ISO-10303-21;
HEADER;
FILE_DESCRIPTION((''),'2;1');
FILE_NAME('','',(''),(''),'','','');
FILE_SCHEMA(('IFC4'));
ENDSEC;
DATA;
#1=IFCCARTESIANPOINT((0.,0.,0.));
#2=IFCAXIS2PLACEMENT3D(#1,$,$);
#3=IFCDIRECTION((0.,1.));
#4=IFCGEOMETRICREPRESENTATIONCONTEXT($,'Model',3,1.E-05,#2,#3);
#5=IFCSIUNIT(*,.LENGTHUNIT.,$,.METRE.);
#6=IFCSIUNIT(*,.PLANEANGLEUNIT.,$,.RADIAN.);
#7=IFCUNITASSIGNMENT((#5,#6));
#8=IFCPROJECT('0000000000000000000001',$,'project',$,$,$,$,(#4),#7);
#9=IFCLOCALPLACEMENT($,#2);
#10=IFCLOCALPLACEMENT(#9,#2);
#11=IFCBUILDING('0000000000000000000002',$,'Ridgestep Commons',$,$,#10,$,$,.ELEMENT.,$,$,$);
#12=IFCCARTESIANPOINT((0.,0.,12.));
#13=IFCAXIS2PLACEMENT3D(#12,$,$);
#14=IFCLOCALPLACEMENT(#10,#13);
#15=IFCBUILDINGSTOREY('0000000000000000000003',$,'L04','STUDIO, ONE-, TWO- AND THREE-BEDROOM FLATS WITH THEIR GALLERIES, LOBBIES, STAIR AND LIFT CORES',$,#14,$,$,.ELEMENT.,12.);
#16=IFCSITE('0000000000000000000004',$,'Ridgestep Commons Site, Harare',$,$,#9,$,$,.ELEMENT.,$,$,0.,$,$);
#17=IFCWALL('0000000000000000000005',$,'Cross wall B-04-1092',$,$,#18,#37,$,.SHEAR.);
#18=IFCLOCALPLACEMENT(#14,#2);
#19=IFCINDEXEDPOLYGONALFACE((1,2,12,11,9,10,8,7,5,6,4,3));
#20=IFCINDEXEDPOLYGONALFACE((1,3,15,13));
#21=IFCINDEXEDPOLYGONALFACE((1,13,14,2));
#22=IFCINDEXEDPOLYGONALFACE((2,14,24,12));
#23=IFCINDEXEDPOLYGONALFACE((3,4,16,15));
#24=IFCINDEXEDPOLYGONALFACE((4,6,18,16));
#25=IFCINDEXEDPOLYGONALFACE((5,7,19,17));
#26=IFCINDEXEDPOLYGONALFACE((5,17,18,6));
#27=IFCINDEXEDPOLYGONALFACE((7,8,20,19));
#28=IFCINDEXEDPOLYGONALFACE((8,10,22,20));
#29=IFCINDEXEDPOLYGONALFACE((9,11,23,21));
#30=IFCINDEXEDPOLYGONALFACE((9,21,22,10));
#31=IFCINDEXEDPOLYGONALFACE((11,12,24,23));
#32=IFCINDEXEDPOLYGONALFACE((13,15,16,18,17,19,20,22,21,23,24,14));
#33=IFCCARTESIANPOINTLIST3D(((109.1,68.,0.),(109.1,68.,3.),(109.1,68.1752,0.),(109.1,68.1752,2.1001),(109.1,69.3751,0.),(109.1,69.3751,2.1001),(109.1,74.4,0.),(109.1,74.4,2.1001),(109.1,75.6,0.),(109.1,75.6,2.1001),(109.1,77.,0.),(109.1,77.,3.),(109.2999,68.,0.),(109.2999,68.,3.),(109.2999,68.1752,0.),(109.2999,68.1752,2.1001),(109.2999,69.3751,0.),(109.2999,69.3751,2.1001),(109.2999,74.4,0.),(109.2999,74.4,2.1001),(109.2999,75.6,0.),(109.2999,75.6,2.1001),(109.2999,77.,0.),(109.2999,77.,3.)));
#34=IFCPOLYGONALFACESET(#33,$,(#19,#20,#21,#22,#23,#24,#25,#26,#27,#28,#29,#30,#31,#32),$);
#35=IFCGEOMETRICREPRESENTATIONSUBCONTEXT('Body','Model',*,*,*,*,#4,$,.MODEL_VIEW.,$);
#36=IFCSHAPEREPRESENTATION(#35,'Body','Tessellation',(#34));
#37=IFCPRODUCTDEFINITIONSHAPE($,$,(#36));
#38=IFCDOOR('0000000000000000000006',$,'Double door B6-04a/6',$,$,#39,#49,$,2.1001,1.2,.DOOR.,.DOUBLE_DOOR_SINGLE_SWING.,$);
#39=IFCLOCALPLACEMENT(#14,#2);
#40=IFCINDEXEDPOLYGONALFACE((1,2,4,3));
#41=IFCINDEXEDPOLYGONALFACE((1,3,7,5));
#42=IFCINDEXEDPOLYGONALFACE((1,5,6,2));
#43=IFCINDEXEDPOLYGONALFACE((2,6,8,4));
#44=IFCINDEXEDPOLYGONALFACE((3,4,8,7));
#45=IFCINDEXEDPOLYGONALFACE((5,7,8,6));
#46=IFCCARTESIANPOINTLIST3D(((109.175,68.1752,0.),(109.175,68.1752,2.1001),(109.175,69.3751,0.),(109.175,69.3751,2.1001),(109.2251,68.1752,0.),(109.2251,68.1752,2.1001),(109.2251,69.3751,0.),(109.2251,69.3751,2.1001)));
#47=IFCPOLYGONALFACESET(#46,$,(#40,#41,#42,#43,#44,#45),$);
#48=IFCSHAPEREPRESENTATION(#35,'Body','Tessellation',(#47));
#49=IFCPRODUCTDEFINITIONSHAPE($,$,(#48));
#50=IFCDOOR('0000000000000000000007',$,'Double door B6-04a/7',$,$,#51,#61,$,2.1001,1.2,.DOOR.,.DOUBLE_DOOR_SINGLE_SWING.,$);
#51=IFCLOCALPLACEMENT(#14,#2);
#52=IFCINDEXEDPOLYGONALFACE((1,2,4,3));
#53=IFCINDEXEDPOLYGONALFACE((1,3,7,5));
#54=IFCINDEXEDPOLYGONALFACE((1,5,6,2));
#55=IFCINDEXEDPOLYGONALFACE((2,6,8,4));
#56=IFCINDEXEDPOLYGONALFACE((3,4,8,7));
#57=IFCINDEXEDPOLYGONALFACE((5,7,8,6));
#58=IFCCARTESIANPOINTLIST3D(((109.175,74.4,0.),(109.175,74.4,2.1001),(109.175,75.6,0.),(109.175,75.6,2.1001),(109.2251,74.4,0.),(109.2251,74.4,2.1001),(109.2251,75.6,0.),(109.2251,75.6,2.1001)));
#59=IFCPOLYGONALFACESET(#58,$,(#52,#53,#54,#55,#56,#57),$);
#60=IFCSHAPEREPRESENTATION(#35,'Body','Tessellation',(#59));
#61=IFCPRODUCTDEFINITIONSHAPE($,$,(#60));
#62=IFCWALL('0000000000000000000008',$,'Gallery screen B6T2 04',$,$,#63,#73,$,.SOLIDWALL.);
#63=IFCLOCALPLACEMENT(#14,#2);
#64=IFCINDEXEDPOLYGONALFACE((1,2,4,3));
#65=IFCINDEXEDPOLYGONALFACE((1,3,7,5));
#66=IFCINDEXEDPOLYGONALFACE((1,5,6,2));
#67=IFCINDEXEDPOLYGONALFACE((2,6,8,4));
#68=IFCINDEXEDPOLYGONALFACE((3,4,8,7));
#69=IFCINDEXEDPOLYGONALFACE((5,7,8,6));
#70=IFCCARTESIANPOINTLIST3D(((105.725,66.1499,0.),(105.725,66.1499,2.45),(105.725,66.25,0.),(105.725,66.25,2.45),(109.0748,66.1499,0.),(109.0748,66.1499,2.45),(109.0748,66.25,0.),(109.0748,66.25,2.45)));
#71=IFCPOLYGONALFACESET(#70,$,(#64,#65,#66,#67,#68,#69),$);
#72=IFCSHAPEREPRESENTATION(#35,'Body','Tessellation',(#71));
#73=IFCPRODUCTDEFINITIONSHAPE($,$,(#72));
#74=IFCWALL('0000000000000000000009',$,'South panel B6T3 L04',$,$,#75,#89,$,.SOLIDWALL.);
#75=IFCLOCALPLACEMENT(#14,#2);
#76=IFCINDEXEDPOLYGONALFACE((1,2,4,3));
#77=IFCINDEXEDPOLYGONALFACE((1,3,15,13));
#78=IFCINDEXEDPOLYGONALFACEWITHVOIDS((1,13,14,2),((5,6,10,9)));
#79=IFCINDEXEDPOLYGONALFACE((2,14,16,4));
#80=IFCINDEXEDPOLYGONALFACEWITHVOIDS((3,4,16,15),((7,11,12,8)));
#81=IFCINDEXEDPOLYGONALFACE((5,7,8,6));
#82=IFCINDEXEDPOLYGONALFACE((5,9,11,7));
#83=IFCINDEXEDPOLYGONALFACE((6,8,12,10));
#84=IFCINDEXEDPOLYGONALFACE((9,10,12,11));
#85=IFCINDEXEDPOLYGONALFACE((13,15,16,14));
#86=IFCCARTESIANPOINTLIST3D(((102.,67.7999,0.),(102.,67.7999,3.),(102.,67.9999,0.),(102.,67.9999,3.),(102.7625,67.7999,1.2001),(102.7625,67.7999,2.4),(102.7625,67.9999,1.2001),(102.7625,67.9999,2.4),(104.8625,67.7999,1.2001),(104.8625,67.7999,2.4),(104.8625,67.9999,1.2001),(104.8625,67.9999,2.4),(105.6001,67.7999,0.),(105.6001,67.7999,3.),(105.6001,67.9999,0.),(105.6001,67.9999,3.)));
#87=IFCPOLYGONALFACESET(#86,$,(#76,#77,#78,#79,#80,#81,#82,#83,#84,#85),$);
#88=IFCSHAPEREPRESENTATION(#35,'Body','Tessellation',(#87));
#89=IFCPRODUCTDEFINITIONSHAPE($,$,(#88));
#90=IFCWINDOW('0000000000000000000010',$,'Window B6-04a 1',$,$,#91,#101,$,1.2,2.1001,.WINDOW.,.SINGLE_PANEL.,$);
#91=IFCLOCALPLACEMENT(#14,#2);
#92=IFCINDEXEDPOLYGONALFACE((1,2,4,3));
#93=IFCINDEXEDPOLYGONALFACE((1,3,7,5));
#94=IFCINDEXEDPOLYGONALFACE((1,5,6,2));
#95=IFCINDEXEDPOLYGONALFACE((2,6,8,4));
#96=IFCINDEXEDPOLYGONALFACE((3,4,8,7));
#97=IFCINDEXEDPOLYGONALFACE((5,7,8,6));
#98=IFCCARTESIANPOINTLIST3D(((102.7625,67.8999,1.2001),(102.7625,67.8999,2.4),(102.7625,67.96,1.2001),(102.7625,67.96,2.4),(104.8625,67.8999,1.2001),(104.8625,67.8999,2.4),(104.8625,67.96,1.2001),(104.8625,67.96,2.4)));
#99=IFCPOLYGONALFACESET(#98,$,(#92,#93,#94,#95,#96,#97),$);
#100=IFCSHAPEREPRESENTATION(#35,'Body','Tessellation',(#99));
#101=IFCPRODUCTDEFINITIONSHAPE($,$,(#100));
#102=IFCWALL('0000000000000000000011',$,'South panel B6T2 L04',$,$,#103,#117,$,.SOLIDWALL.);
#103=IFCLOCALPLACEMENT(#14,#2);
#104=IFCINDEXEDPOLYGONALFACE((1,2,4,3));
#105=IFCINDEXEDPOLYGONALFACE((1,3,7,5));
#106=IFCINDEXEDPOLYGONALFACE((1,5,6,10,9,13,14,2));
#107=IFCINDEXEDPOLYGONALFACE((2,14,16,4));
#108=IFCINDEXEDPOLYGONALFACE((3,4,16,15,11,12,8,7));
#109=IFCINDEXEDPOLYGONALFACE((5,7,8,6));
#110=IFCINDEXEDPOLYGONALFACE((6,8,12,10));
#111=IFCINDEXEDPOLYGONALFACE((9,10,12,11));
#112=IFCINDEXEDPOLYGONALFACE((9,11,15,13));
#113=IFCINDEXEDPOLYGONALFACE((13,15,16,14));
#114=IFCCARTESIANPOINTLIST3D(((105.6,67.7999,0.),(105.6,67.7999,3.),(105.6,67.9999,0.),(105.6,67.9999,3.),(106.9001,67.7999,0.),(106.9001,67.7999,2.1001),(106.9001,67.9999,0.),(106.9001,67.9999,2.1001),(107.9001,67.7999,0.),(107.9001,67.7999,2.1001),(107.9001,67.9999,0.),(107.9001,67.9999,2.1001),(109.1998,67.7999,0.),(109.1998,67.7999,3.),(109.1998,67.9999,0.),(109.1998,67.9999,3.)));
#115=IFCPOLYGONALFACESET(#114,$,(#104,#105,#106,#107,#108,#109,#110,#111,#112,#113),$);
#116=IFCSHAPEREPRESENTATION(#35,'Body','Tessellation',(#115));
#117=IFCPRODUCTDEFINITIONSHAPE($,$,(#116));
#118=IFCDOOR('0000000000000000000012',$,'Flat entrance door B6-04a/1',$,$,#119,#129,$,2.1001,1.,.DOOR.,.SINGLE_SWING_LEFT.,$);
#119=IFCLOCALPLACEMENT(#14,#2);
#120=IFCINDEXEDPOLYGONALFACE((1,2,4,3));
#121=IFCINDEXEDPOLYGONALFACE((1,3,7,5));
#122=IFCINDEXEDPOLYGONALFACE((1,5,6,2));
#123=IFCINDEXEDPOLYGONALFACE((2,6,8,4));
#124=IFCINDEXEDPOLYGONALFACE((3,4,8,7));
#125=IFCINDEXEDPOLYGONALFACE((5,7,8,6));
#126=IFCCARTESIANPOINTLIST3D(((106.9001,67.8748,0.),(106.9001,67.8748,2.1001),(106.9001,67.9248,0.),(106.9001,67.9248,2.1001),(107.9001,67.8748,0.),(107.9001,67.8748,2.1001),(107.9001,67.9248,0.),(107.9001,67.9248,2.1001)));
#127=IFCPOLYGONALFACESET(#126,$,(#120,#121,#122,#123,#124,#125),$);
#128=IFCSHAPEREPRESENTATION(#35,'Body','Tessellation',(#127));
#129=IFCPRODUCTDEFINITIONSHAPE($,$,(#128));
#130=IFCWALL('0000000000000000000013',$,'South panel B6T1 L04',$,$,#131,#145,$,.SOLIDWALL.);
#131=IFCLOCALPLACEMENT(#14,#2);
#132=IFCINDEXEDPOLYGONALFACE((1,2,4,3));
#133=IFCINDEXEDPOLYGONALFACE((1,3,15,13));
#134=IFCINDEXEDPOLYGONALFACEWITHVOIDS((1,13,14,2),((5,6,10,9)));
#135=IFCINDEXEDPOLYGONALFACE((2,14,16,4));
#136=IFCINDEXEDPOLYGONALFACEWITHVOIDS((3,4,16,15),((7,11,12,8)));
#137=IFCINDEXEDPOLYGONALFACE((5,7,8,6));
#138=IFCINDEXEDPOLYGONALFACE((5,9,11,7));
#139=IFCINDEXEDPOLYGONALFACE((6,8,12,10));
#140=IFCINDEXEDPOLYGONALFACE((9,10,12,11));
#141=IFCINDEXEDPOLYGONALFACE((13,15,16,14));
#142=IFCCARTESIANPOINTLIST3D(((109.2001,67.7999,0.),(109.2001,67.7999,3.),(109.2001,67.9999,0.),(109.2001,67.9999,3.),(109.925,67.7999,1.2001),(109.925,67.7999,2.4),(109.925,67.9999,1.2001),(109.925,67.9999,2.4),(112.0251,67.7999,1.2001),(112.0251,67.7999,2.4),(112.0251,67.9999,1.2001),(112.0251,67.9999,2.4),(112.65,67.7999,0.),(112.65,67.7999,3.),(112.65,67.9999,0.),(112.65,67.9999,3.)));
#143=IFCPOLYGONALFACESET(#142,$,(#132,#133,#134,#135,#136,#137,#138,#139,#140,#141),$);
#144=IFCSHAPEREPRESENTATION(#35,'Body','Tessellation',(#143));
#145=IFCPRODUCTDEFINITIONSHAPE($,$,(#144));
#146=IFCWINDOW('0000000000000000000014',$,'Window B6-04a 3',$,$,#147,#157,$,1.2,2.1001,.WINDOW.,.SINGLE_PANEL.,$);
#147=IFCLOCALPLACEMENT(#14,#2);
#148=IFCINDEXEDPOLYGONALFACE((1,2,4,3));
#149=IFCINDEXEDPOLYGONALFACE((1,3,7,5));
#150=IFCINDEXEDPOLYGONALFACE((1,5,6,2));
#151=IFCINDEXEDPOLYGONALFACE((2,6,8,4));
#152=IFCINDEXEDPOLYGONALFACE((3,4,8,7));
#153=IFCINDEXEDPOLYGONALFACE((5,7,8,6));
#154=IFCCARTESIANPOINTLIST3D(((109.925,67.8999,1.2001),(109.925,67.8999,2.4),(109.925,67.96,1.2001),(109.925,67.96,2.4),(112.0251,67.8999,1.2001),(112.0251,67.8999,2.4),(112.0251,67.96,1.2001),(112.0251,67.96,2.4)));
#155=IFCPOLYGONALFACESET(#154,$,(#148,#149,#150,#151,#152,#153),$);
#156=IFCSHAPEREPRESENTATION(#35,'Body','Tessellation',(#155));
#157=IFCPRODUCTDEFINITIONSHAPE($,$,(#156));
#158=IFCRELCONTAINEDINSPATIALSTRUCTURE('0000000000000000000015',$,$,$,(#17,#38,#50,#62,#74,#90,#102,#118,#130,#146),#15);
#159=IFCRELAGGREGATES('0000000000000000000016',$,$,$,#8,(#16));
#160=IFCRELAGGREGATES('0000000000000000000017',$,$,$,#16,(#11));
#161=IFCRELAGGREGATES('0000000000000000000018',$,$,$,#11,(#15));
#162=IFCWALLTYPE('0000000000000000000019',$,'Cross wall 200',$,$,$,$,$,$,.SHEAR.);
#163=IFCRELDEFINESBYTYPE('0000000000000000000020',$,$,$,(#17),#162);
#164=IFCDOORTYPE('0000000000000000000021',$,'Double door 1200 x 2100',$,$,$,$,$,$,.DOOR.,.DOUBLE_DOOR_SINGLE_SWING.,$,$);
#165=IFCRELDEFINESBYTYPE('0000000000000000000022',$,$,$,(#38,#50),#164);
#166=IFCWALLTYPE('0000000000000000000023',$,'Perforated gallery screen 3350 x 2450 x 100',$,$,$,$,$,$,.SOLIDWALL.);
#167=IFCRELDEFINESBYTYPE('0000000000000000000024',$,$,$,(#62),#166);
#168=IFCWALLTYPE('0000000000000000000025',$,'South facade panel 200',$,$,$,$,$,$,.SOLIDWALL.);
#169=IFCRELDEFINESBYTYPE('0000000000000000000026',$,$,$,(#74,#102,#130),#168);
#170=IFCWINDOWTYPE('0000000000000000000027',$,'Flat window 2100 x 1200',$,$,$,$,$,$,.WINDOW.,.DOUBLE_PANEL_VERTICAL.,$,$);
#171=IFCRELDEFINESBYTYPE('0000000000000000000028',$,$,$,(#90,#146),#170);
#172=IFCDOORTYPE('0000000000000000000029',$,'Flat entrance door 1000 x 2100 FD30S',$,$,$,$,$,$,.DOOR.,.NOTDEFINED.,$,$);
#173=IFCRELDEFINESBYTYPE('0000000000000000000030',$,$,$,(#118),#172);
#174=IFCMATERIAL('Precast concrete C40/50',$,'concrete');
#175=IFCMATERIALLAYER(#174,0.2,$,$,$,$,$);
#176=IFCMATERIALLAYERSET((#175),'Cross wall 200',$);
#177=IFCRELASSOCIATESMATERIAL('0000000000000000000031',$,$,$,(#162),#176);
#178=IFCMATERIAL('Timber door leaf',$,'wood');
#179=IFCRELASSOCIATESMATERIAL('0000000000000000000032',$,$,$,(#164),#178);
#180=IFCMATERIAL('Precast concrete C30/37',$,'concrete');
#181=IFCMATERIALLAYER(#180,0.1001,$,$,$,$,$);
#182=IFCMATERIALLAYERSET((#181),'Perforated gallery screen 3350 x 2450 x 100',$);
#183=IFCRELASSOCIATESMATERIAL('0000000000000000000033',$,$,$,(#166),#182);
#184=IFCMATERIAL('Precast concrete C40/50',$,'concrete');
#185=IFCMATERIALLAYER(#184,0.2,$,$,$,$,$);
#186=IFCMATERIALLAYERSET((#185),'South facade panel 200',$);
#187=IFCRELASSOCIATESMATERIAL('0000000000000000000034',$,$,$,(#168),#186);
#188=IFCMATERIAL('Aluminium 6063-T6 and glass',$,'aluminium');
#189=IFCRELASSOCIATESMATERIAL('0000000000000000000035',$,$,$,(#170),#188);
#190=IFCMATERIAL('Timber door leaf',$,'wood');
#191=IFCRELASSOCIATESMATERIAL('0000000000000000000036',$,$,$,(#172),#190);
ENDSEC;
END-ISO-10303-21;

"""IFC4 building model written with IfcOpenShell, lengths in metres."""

from ifc_helpers import new_model, si_unit, direction, frame, frame_2d, origin, place, context, subcontext, project, spatial, rectangle, extrude, material, layer, layer_set, type_object, element, fill, save


model = new_model("IFC4")

# Units and contexts
model_context = context("Model", 3, precision=1e-05, world=origin(), true_north=direction((0.0, 1.0)))
body_context = subcontext(model_context, "Body", "Model", "MODEL_VIEW")
ifc_project = project(units=[si_unit("LENGTHUNIT", "METRE"), si_unit("PLANEANGLEUNIT", "RADIAN")], contexts=[model_context])

# Site, building, storey
site_placement = place(None, origin())
site = spatial("IfcSite", under=ifc_project, at=site_placement, Name="Ridgestep Commons Site, Harare", CompositionType="ELEMENT", RefElevation=0.0)
building_placement = place(site_placement, origin())
building = spatial("IfcBuilding", under=site, at=building_placement, Name="Ridgestep Commons", CompositionType="ELEMENT")
storey_placement = place(building_placement, frame((0.0, 0.0, 12.0)))
storey = spatial("IfcBuildingStorey", under=building, at=storey_placement, Name="L04", Description="STUDIO, ONE-, TWO- AND THREE-BEDROOM FLATS WITH THEIR GALLERIES, LOBBIES, STAIR AND LIFT CORES", CompositionType="ELEMENT", Elevation=12.0)

# Wall, openings, doors
ifc_material_1 = material(Name="Precast concrete C40/50", Category="concrete")
ifc_layer_1 = layer(ifc_material_1, 0.2)
ifc_layer_set_1 = layer_set([ifc_layer_1], Name="Cross wall 200")
wall_type_1 = type_object("IfcWallType", Name="Cross wall 200", PredefinedType="SHEAR", material=ifc_layer_set_1)
ifc_material_2 = material(Name="Timber door leaf", Category="wood")
door_type_1 = type_object("IfcDoorType", Name="Double door 1200 x 2100", OperationType="DOUBLE_DOOR_SINGLE_SWING", PredefinedType="DOOR", material=ifc_material_2)
wall_1_placement = place(storey_placement, frame((109.2, 68.0, 0.0), z_axis=(0.0, 0.0, 1.0), x_axis=(0.0, 1.0, 0.0)))
wall_1 = element("IfcWall", 1, at=wall_1_placement, inside=storey, type_object=wall_type_1, Name="Cross wall B-04-1092", PredefinedType="SHEAR", context=body_context, shape_type="SweptSolid", body=[
    extrude(rectangle(XDim=9.0, YDim=0.2, at=frame_2d((4.5, 0.0))), origin(), (0.0, 0.0, 1.0), 3.0),
])
opening_1_placement = place(wall_1_placement, frame((0.175, 0.0, 0.0)))
opening_1 = element("IfcOpeningElement", 2, at=opening_1_placement, cuts=wall_1, PredefinedType="OPENING", context=body_context, shape_type="SweptSolid", body=[
    extrude(rectangle(XDim=1.2, YDim=2.1001, at=frame_2d((0.6001, 1.05))), frame((0.0, 0.1099, 0.0), z_axis=(0.0, -1.0, 0.0), x_axis=(1.0, 0.0, 0.0)), (0.0, 0.0, 1.0), 0.22),
])
opening_2_placement = place(wall_1_placement, frame((6.3999, 0.0, 0.0)))
opening_2 = element("IfcOpeningElement", 3, at=opening_2_placement, cuts=wall_1, PredefinedType="OPENING", context=body_context, shape_type="SweptSolid", body=[
    extrude(rectangle(XDim=1.2, YDim=2.1001, at=frame_2d((0.6001, 1.05))), frame((0.0, 0.1099, 0.0), z_axis=(0.0, -1.0, 0.0), x_axis=(1.0, 0.0, 0.0)), (0.0, 0.0, 1.0), 0.22),
])
door_1_placement = place(opening_1_placement, origin())
door_1 = element("IfcDoor", 4, at=door_1_placement, inside=storey, type_object=door_type_1, Name="Double door B6-04a/6", OperationType="DOUBLE_DOOR_SINGLE_SWING", OverallHeight=2.1001, OverallWidth=1.2, PredefinedType="DOOR", context=body_context, shape_type="SweptSolid", body=[
    extrude(rectangle(XDim=1.2, YDim=2.1001, at=frame_2d((0.6001, 1.05))), frame((0.0, 0.0249, 0.0), z_axis=(0.0, -1.0, 0.0), x_axis=(1.0, 0.0, 0.0)), (0.0, 0.0, 1.0), 0.05),
])
fill(opening_1, door_1)
door_2_placement = place(opening_2_placement, origin())
door_2 = element("IfcDoor", 5, at=door_2_placement, inside=storey, type_object=door_type_1, Name="Double door B6-04a/7", OperationType="DOUBLE_DOOR_SINGLE_SWING", OverallHeight=2.1001, OverallWidth=1.2, PredefinedType="DOOR", context=body_context, shape_type="SweptSolid", body=[
    extrude(rectangle(XDim=1.2, YDim=2.1001, at=frame_2d((0.6001, 1.05))), frame((0.0, 0.0249, 0.0), z_axis=(0.0, -1.0, 0.0), x_axis=(1.0, 0.0, 0.0)), (0.0, 0.0, 1.0), 0.05),
])
fill(opening_2, door_2)

# Wall
ifc_material_3 = material(Name="Precast concrete C30/37", Category="concrete")
ifc_layer_2 = layer(ifc_material_3, 0.1001)
ifc_layer_set_2 = layer_set([ifc_layer_2], Name="Perforated gallery screen 3350 x 2450 x 100")
wall_type_2 = type_object("IfcWallType", Name="Perforated gallery screen 3350 x 2450 x 100", PredefinedType="SOLIDWALL", material=ifc_layer_set_2)
wall_2_placement = place(storey_placement, frame((105.7251, 66.2, 0.0), z_axis=(0.0, 0.0, 1.0), x_axis=(1.0, 0.0, 0.0)))
element("IfcWall", 6, at=wall_2_placement, inside=storey, type_object=wall_type_2, Name="Gallery screen B6T2 04", PredefinedType="SOLIDWALL", context=body_context, shape_type="SweptSolid", body=[
    extrude(rectangle(XDim=3.3499, YDim=0.1001, at=frame_2d((1.6748, 0.0))), origin(), (0.0, 0.0, 1.0), 2.45),
])

# Wall, opening, window
ifc_material_4 = material(Name="Precast concrete C40/50", Category="concrete")
ifc_layer_3 = layer(ifc_material_4, 0.2)
ifc_layer_set_3 = layer_set([ifc_layer_3], Name="South facade panel 200")
wall_type_3 = type_object("IfcWallType", Name="South facade panel 200", PredefinedType="SOLIDWALL", material=ifc_layer_set_3)
wall_3_placement = place(storey_placement, frame((102.0, 67.8999, 0.0), z_axis=(0.0, 0.0, 1.0), x_axis=(1.0, 0.0, 0.0)))
wall_3 = element("IfcWall", 7, at=wall_3_placement, inside=storey, type_object=wall_type_3, Name="South panel B6T3 L04", PredefinedType="SOLIDWALL", context=body_context, shape_type="SweptSolid", body=[
    extrude(rectangle(XDim=3.6001, YDim=0.2, at=frame_2d((1.8, 0.0))), origin(), (0.0, 0.0, 1.0), 3.0),
])
opening_3_placement = place(wall_3_placement, frame((0.7625, 0.0, 1.2)))
opening_3 = element("IfcOpeningElement", 8, at=opening_3_placement, cuts=wall_3, PredefinedType="OPENING", context=body_context, shape_type="SweptSolid", body=[
    extrude(rectangle(XDim=2.1001, YDim=1.2, at=frame_2d((1.05, 0.6001))), frame((0.0, 0.1099, 0.0), z_axis=(0.0, -1.0, 0.0), x_axis=(1.0, 0.0, 0.0)), (0.0, 0.0, 1.0), 0.22),
])
ifc_material_5 = material(Name="Aluminium 6063-T6 and glass", Category="aluminium")
window_type = type_object("IfcWindowType", Name="Flat window 2100 x 1200", PartitioningType="DOUBLE_PANEL_VERTICAL", PredefinedType="WINDOW", material=ifc_material_5)
window_1_placement = place(opening_3_placement, origin())
window_1 = element("IfcWindow", 9, at=window_1_placement, inside=storey, type_object=window_type, Name="Window B6-04a 1", OverallHeight=1.2, OverallWidth=2.1001, PartitioningType="SINGLE_PANEL", PredefinedType="WINDOW", context=body_context, shape_type="SweptSolid", body=[
    extrude(rectangle(XDim=2.1001, YDim=1.2, at=frame_2d((1.05, 0.6001))), frame((0.0, 0.0601, 0.0), z_axis=(0.0, -1.0, 0.0), x_axis=(1.0, 0.0, 0.0)), (0.0, 0.0, 1.0), 0.0601),
])
fill(opening_3, window_1)

# Wall, opening, door
wall_4_placement = place(storey_placement, frame((105.6001, 67.8999, 0.0), z_axis=(0.0, 0.0, 1.0), x_axis=(1.0, 0.0, 0.0)))
wall_4 = element("IfcWall", 10, at=wall_4_placement, inside=storey, type_object=wall_type_3, Name="South panel B6T2 L04", PredefinedType="SOLIDWALL", context=body_context, shape_type="SweptSolid", body=[
    extrude(rectangle(XDim=3.5999, YDim=0.2, at=frame_2d((1.7998, 0.0))), origin(), (0.0, 0.0, 1.0), 3.0),
])
opening_4_placement = place(wall_4_placement, frame((1.3, 0.0, 0.0)))
opening_4 = element("IfcOpeningElement", 11, at=opening_4_placement, cuts=wall_4, PredefinedType="OPENING", context=body_context, shape_type="SweptSolid", body=[
    extrude(rectangle(XDim=1.0, YDim=2.1001, at=frame_2d((0.5, 1.05))), frame((0.0, 0.1099, 0.0), z_axis=(0.0, -1.0, 0.0), x_axis=(1.0, 0.0, 0.0)), (0.0, 0.0, 1.0), 0.22),
])
ifc_material_6 = material(Name="Timber door leaf", Category="wood")
door_type_2 = type_object("IfcDoorType", Name="Flat entrance door 1000 x 2100 FD30S", OperationType="NOTDEFINED", PredefinedType="DOOR", material=ifc_material_6)
door_3_placement = place(opening_4_placement, origin())
door_3 = element("IfcDoor", 12, at=door_3_placement, inside=storey, type_object=door_type_2, Name="Flat entrance door B6-04a/1", OperationType="SINGLE_SWING_LEFT", OverallHeight=2.1001, OverallWidth=1.0, PredefinedType="DOOR", context=body_context, shape_type="SweptSolid", body=[
    extrude(rectangle(XDim=1.0, YDim=2.1001, at=frame_2d((0.5, 1.05))), frame((0.0, 0.0249, 0.0), z_axis=(0.0, -1.0, 0.0), x_axis=(1.0, 0.0, 0.0)), (0.0, 0.0, 1.0), 0.05),
])
fill(opening_4, door_3)

# Wall, opening, window
wall_5_placement = place(storey_placement, frame((109.2, 67.8999, 0.0), z_axis=(0.0, 0.0, 1.0), x_axis=(1.0, 0.0, 0.0)))
wall_5 = element("IfcWall", 13, at=wall_5_placement, inside=storey, type_object=wall_type_3, Name="South panel B6T1 L04", PredefinedType="SOLIDWALL", context=body_context, shape_type="SweptSolid", body=[
    extrude(rectangle(XDim=3.45, YDim=0.2, at=frame_2d((1.7251, 0.0))), origin(), (0.0, 0.0, 1.0), 3.0),
])
opening_5_placement = place(wall_5_placement, frame((0.7251, 0.0, 1.2)))
opening_5 = element("IfcOpeningElement", 14, at=opening_5_placement, cuts=wall_5, PredefinedType="OPENING", context=body_context, shape_type="SweptSolid", body=[
    extrude(rectangle(XDim=2.1001, YDim=1.2, at=frame_2d((1.05, 0.6001))), frame((0.0, 0.1099, 0.0), z_axis=(0.0, -1.0, 0.0), x_axis=(1.0, 0.0, 0.0)), (0.0, 0.0, 1.0), 0.22),
])
window_2_placement = place(opening_5_placement, origin())
window_2 = element("IfcWindow", 15, at=window_2_placement, inside=storey, type_object=window_type, Name="Window B6-04a 3", OverallHeight=1.2, OverallWidth=2.1001, PartitioningType="SINGLE_PANEL", PredefinedType="WINDOW", context=body_context, shape_type="SweptSolid", body=[
    extrude(rectangle(XDim=2.1001, YDim=1.2, at=frame_2d((1.05, 0.6001))), frame((0.0, 0.0601, 0.0), z_axis=(0.0, -1.0, 0.0), x_axis=(1.0, 0.0, 0.0)), (0.0, 0.0, 1.0), 0.0601),
])
fill(opening_5, window_2)

save(model, "model.ifc")
